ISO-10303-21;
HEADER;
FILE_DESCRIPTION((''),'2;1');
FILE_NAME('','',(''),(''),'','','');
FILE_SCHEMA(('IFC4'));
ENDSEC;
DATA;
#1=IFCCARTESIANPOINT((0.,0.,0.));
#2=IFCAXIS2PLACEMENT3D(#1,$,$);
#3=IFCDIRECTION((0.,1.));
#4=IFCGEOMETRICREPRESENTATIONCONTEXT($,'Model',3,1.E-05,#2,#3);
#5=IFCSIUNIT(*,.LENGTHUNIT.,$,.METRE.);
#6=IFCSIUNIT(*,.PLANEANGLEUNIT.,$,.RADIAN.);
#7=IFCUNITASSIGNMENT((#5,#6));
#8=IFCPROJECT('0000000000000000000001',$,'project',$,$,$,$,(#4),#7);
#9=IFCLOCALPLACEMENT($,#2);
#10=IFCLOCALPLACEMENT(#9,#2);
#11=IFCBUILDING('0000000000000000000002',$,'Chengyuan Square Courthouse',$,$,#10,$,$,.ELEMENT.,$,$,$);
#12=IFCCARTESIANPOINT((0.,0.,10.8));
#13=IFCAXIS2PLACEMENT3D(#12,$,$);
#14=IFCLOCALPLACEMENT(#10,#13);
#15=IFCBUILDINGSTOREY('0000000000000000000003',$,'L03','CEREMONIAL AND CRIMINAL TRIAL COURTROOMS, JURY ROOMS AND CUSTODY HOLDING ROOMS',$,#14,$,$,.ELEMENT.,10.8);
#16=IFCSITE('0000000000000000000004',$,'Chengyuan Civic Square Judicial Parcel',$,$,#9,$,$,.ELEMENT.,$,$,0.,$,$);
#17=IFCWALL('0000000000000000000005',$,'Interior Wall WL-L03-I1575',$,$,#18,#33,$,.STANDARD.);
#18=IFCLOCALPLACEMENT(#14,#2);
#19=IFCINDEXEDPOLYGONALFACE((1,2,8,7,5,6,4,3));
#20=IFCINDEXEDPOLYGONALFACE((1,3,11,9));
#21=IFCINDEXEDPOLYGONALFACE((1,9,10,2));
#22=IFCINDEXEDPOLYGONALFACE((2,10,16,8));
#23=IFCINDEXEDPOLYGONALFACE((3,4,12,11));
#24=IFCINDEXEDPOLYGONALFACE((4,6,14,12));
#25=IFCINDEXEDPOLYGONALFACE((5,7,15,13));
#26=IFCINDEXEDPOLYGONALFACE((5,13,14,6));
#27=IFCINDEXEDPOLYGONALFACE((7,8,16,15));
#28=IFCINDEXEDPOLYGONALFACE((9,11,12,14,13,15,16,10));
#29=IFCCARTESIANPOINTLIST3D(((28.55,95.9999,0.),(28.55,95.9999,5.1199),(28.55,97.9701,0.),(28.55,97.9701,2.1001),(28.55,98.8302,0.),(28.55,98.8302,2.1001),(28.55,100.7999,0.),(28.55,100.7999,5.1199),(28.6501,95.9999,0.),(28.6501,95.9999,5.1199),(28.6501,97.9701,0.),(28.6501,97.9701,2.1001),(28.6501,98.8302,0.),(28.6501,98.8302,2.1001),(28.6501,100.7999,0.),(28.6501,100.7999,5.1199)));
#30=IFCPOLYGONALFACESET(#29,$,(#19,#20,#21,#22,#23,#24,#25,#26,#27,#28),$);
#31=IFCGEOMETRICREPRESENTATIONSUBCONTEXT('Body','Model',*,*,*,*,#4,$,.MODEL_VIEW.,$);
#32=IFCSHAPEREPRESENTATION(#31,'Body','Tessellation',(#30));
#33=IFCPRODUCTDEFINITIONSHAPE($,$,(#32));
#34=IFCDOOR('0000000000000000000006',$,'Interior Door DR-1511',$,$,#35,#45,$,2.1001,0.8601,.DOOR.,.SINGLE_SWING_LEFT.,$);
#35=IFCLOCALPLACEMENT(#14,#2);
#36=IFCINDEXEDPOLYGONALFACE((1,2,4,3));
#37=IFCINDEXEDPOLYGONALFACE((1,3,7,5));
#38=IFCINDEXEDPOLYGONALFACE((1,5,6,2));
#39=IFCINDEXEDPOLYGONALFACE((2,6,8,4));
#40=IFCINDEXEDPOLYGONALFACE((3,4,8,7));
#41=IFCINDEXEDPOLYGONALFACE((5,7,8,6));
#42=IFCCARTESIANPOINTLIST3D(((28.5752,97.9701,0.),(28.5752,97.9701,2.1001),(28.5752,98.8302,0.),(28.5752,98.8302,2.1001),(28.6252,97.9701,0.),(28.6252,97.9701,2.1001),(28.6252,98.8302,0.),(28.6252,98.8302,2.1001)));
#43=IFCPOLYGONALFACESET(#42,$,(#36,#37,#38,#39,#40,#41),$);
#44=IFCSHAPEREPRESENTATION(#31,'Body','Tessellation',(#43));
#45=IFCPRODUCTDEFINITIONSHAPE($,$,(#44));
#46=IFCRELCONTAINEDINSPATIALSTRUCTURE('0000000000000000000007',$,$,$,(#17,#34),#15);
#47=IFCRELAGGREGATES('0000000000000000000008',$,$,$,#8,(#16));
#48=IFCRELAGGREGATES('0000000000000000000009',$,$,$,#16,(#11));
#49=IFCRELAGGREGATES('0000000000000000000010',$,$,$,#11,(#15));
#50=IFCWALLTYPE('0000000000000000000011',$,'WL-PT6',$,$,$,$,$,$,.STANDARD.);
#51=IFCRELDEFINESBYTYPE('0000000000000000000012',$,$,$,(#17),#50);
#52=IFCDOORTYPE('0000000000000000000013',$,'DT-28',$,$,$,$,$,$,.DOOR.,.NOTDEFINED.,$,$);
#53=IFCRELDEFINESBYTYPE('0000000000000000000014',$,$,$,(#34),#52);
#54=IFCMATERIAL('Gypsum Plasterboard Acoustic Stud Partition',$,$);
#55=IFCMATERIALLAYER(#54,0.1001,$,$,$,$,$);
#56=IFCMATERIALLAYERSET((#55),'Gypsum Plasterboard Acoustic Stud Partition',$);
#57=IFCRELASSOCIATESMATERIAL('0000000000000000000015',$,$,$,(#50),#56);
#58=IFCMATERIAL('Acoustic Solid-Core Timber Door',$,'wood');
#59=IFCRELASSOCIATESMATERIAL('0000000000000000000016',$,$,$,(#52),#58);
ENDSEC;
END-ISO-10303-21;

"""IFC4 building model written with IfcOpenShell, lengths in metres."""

from ifc_helpers import new_model, si_unit, direction, frame, frame_2d, origin, place, context, subcontext, project, spatial, rectangle, extrude, material, layer, layer_set, type_object, element, fill, save


model = new_model("IFC4")

# Units and contexts
model_context = context("Model", 3, precision=1e-05, world=origin(), true_north=direction((0.0, 1.0)))
body_context = subcontext(model_context, "Body", "Model", "MODEL_VIEW")
ifc_project = project(units=[si_unit("LENGTHUNIT", "METRE"), si_unit("PLANEANGLEUNIT", "RADIAN")], contexts=[model_context])

# Site, building, storey
site_placement = place(None, origin())
site = spatial("IfcSite", under=ifc_project, at=site_placement, Name="Chengyuan Civic Square Judicial Parcel", CompositionType="ELEMENT", RefElevation=0.0)
building_placement = place(site_placement, origin())
building = spatial("IfcBuilding", under=site, at=building_placement, Name="Chengyuan Square Courthouse", CompositionType="ELEMENT")
storey_placement = place(building_placement, frame((0.0, 0.0, 10.8)))
storey = spatial("IfcBuildingStorey", under=building, at=storey_placement, Name="L03", Description="CEREMONIAL AND CRIMINAL TRIAL COURTROOMS, JURY ROOMS AND CUSTODY HOLDING ROOMS", CompositionType="ELEMENT", Elevation=10.8)

# Shared definitions
ifc_material_1 = material(Name="Acoustic Solid-Core Timber Door", Category="wood")

# Shared definitions
ifc_material_2 = material(Name="Gypsum Plasterboard Acoustic Stud Partition")
ifc_layer_1 = layer(ifc_material_2, 0.1001)
ifc_layer_set_1 = layer_set([ifc_layer_1], Name="Gypsum Plasterboard Acoustic Stud Partition")
wall_type_1 = type_object("IfcWallType", Name="WL-PT6", PredefinedType="STANDARD", material=ifc_layer_set_1)

# Wall, opening, door
wall_1_placement = place(storey_placement, frame((28.6001, 96.0, 0.0), z_axis=(0.0, 0.0, 1.0), x_axis=(0.0, 1.0, 0.0)))
wall_1 = element("IfcWall", 1, at=wall_1_placement, inside=storey, type_object=wall_type_1, Name="Interior Wall WL-L03-I1575", PredefinedType="STANDARD", context=body_context, shape_type="SweptSolid", body=[
    extrude(rectangle(XDim=4.8, YDim=0.1001, at=frame_2d((2.3999, 0.0))), origin(), (0.0, 0.0, 1.0), 5.1199),
])
opening_1_placement = place(wall_1_placement, frame((1.97, 0.0, 0.0)))
opening_1 = element("IfcOpeningElement", 2, at=opening_1_placement, cuts=wall_1, PredefinedType="OPENING", context=body_context, shape_type="SweptSolid", body=[
    extrude(rectangle(XDim=0.8601, YDim=2.1001, at=frame_2d((0.4302, 1.05))), frame((0.0, 0.062, 0.0), z_axis=(0.0, -1.0, 0.0), x_axis=(1.0, 0.0, 0.0)), (0.0, 0.0, 1.0), 0.124),
])
door_type_1 = type_object("IfcDoorType", Name="DT-28", OperationType="NOTDEFINED", PredefinedType="DOOR", material=ifc_material_1)
door_1_placement = place(opening_1_placement, origin())
door_1 = element("IfcDoor", 3, at=door_1_placement, inside=storey, type_object=door_type_1, Name="Interior Door DR-1511", OperationType="SINGLE_SWING_LEFT", OverallHeight=2.1001, OverallWidth=0.8601, PredefinedType="DOOR", context=body_context, shape_type="SweptSolid", body=[
    extrude(rectangle(XDim=0.8601, YDim=2.1001, at=frame_2d((0.4302, 1.05))), frame((0.0, 0.0249, 0.0), z_axis=(0.0, -1.0, 0.0), x_axis=(1.0, 0.0, 0.0)), (0.0, 0.0, 1.0), 0.05),
])
fill(opening_1, door_1)

save(model, "model.ifc")
